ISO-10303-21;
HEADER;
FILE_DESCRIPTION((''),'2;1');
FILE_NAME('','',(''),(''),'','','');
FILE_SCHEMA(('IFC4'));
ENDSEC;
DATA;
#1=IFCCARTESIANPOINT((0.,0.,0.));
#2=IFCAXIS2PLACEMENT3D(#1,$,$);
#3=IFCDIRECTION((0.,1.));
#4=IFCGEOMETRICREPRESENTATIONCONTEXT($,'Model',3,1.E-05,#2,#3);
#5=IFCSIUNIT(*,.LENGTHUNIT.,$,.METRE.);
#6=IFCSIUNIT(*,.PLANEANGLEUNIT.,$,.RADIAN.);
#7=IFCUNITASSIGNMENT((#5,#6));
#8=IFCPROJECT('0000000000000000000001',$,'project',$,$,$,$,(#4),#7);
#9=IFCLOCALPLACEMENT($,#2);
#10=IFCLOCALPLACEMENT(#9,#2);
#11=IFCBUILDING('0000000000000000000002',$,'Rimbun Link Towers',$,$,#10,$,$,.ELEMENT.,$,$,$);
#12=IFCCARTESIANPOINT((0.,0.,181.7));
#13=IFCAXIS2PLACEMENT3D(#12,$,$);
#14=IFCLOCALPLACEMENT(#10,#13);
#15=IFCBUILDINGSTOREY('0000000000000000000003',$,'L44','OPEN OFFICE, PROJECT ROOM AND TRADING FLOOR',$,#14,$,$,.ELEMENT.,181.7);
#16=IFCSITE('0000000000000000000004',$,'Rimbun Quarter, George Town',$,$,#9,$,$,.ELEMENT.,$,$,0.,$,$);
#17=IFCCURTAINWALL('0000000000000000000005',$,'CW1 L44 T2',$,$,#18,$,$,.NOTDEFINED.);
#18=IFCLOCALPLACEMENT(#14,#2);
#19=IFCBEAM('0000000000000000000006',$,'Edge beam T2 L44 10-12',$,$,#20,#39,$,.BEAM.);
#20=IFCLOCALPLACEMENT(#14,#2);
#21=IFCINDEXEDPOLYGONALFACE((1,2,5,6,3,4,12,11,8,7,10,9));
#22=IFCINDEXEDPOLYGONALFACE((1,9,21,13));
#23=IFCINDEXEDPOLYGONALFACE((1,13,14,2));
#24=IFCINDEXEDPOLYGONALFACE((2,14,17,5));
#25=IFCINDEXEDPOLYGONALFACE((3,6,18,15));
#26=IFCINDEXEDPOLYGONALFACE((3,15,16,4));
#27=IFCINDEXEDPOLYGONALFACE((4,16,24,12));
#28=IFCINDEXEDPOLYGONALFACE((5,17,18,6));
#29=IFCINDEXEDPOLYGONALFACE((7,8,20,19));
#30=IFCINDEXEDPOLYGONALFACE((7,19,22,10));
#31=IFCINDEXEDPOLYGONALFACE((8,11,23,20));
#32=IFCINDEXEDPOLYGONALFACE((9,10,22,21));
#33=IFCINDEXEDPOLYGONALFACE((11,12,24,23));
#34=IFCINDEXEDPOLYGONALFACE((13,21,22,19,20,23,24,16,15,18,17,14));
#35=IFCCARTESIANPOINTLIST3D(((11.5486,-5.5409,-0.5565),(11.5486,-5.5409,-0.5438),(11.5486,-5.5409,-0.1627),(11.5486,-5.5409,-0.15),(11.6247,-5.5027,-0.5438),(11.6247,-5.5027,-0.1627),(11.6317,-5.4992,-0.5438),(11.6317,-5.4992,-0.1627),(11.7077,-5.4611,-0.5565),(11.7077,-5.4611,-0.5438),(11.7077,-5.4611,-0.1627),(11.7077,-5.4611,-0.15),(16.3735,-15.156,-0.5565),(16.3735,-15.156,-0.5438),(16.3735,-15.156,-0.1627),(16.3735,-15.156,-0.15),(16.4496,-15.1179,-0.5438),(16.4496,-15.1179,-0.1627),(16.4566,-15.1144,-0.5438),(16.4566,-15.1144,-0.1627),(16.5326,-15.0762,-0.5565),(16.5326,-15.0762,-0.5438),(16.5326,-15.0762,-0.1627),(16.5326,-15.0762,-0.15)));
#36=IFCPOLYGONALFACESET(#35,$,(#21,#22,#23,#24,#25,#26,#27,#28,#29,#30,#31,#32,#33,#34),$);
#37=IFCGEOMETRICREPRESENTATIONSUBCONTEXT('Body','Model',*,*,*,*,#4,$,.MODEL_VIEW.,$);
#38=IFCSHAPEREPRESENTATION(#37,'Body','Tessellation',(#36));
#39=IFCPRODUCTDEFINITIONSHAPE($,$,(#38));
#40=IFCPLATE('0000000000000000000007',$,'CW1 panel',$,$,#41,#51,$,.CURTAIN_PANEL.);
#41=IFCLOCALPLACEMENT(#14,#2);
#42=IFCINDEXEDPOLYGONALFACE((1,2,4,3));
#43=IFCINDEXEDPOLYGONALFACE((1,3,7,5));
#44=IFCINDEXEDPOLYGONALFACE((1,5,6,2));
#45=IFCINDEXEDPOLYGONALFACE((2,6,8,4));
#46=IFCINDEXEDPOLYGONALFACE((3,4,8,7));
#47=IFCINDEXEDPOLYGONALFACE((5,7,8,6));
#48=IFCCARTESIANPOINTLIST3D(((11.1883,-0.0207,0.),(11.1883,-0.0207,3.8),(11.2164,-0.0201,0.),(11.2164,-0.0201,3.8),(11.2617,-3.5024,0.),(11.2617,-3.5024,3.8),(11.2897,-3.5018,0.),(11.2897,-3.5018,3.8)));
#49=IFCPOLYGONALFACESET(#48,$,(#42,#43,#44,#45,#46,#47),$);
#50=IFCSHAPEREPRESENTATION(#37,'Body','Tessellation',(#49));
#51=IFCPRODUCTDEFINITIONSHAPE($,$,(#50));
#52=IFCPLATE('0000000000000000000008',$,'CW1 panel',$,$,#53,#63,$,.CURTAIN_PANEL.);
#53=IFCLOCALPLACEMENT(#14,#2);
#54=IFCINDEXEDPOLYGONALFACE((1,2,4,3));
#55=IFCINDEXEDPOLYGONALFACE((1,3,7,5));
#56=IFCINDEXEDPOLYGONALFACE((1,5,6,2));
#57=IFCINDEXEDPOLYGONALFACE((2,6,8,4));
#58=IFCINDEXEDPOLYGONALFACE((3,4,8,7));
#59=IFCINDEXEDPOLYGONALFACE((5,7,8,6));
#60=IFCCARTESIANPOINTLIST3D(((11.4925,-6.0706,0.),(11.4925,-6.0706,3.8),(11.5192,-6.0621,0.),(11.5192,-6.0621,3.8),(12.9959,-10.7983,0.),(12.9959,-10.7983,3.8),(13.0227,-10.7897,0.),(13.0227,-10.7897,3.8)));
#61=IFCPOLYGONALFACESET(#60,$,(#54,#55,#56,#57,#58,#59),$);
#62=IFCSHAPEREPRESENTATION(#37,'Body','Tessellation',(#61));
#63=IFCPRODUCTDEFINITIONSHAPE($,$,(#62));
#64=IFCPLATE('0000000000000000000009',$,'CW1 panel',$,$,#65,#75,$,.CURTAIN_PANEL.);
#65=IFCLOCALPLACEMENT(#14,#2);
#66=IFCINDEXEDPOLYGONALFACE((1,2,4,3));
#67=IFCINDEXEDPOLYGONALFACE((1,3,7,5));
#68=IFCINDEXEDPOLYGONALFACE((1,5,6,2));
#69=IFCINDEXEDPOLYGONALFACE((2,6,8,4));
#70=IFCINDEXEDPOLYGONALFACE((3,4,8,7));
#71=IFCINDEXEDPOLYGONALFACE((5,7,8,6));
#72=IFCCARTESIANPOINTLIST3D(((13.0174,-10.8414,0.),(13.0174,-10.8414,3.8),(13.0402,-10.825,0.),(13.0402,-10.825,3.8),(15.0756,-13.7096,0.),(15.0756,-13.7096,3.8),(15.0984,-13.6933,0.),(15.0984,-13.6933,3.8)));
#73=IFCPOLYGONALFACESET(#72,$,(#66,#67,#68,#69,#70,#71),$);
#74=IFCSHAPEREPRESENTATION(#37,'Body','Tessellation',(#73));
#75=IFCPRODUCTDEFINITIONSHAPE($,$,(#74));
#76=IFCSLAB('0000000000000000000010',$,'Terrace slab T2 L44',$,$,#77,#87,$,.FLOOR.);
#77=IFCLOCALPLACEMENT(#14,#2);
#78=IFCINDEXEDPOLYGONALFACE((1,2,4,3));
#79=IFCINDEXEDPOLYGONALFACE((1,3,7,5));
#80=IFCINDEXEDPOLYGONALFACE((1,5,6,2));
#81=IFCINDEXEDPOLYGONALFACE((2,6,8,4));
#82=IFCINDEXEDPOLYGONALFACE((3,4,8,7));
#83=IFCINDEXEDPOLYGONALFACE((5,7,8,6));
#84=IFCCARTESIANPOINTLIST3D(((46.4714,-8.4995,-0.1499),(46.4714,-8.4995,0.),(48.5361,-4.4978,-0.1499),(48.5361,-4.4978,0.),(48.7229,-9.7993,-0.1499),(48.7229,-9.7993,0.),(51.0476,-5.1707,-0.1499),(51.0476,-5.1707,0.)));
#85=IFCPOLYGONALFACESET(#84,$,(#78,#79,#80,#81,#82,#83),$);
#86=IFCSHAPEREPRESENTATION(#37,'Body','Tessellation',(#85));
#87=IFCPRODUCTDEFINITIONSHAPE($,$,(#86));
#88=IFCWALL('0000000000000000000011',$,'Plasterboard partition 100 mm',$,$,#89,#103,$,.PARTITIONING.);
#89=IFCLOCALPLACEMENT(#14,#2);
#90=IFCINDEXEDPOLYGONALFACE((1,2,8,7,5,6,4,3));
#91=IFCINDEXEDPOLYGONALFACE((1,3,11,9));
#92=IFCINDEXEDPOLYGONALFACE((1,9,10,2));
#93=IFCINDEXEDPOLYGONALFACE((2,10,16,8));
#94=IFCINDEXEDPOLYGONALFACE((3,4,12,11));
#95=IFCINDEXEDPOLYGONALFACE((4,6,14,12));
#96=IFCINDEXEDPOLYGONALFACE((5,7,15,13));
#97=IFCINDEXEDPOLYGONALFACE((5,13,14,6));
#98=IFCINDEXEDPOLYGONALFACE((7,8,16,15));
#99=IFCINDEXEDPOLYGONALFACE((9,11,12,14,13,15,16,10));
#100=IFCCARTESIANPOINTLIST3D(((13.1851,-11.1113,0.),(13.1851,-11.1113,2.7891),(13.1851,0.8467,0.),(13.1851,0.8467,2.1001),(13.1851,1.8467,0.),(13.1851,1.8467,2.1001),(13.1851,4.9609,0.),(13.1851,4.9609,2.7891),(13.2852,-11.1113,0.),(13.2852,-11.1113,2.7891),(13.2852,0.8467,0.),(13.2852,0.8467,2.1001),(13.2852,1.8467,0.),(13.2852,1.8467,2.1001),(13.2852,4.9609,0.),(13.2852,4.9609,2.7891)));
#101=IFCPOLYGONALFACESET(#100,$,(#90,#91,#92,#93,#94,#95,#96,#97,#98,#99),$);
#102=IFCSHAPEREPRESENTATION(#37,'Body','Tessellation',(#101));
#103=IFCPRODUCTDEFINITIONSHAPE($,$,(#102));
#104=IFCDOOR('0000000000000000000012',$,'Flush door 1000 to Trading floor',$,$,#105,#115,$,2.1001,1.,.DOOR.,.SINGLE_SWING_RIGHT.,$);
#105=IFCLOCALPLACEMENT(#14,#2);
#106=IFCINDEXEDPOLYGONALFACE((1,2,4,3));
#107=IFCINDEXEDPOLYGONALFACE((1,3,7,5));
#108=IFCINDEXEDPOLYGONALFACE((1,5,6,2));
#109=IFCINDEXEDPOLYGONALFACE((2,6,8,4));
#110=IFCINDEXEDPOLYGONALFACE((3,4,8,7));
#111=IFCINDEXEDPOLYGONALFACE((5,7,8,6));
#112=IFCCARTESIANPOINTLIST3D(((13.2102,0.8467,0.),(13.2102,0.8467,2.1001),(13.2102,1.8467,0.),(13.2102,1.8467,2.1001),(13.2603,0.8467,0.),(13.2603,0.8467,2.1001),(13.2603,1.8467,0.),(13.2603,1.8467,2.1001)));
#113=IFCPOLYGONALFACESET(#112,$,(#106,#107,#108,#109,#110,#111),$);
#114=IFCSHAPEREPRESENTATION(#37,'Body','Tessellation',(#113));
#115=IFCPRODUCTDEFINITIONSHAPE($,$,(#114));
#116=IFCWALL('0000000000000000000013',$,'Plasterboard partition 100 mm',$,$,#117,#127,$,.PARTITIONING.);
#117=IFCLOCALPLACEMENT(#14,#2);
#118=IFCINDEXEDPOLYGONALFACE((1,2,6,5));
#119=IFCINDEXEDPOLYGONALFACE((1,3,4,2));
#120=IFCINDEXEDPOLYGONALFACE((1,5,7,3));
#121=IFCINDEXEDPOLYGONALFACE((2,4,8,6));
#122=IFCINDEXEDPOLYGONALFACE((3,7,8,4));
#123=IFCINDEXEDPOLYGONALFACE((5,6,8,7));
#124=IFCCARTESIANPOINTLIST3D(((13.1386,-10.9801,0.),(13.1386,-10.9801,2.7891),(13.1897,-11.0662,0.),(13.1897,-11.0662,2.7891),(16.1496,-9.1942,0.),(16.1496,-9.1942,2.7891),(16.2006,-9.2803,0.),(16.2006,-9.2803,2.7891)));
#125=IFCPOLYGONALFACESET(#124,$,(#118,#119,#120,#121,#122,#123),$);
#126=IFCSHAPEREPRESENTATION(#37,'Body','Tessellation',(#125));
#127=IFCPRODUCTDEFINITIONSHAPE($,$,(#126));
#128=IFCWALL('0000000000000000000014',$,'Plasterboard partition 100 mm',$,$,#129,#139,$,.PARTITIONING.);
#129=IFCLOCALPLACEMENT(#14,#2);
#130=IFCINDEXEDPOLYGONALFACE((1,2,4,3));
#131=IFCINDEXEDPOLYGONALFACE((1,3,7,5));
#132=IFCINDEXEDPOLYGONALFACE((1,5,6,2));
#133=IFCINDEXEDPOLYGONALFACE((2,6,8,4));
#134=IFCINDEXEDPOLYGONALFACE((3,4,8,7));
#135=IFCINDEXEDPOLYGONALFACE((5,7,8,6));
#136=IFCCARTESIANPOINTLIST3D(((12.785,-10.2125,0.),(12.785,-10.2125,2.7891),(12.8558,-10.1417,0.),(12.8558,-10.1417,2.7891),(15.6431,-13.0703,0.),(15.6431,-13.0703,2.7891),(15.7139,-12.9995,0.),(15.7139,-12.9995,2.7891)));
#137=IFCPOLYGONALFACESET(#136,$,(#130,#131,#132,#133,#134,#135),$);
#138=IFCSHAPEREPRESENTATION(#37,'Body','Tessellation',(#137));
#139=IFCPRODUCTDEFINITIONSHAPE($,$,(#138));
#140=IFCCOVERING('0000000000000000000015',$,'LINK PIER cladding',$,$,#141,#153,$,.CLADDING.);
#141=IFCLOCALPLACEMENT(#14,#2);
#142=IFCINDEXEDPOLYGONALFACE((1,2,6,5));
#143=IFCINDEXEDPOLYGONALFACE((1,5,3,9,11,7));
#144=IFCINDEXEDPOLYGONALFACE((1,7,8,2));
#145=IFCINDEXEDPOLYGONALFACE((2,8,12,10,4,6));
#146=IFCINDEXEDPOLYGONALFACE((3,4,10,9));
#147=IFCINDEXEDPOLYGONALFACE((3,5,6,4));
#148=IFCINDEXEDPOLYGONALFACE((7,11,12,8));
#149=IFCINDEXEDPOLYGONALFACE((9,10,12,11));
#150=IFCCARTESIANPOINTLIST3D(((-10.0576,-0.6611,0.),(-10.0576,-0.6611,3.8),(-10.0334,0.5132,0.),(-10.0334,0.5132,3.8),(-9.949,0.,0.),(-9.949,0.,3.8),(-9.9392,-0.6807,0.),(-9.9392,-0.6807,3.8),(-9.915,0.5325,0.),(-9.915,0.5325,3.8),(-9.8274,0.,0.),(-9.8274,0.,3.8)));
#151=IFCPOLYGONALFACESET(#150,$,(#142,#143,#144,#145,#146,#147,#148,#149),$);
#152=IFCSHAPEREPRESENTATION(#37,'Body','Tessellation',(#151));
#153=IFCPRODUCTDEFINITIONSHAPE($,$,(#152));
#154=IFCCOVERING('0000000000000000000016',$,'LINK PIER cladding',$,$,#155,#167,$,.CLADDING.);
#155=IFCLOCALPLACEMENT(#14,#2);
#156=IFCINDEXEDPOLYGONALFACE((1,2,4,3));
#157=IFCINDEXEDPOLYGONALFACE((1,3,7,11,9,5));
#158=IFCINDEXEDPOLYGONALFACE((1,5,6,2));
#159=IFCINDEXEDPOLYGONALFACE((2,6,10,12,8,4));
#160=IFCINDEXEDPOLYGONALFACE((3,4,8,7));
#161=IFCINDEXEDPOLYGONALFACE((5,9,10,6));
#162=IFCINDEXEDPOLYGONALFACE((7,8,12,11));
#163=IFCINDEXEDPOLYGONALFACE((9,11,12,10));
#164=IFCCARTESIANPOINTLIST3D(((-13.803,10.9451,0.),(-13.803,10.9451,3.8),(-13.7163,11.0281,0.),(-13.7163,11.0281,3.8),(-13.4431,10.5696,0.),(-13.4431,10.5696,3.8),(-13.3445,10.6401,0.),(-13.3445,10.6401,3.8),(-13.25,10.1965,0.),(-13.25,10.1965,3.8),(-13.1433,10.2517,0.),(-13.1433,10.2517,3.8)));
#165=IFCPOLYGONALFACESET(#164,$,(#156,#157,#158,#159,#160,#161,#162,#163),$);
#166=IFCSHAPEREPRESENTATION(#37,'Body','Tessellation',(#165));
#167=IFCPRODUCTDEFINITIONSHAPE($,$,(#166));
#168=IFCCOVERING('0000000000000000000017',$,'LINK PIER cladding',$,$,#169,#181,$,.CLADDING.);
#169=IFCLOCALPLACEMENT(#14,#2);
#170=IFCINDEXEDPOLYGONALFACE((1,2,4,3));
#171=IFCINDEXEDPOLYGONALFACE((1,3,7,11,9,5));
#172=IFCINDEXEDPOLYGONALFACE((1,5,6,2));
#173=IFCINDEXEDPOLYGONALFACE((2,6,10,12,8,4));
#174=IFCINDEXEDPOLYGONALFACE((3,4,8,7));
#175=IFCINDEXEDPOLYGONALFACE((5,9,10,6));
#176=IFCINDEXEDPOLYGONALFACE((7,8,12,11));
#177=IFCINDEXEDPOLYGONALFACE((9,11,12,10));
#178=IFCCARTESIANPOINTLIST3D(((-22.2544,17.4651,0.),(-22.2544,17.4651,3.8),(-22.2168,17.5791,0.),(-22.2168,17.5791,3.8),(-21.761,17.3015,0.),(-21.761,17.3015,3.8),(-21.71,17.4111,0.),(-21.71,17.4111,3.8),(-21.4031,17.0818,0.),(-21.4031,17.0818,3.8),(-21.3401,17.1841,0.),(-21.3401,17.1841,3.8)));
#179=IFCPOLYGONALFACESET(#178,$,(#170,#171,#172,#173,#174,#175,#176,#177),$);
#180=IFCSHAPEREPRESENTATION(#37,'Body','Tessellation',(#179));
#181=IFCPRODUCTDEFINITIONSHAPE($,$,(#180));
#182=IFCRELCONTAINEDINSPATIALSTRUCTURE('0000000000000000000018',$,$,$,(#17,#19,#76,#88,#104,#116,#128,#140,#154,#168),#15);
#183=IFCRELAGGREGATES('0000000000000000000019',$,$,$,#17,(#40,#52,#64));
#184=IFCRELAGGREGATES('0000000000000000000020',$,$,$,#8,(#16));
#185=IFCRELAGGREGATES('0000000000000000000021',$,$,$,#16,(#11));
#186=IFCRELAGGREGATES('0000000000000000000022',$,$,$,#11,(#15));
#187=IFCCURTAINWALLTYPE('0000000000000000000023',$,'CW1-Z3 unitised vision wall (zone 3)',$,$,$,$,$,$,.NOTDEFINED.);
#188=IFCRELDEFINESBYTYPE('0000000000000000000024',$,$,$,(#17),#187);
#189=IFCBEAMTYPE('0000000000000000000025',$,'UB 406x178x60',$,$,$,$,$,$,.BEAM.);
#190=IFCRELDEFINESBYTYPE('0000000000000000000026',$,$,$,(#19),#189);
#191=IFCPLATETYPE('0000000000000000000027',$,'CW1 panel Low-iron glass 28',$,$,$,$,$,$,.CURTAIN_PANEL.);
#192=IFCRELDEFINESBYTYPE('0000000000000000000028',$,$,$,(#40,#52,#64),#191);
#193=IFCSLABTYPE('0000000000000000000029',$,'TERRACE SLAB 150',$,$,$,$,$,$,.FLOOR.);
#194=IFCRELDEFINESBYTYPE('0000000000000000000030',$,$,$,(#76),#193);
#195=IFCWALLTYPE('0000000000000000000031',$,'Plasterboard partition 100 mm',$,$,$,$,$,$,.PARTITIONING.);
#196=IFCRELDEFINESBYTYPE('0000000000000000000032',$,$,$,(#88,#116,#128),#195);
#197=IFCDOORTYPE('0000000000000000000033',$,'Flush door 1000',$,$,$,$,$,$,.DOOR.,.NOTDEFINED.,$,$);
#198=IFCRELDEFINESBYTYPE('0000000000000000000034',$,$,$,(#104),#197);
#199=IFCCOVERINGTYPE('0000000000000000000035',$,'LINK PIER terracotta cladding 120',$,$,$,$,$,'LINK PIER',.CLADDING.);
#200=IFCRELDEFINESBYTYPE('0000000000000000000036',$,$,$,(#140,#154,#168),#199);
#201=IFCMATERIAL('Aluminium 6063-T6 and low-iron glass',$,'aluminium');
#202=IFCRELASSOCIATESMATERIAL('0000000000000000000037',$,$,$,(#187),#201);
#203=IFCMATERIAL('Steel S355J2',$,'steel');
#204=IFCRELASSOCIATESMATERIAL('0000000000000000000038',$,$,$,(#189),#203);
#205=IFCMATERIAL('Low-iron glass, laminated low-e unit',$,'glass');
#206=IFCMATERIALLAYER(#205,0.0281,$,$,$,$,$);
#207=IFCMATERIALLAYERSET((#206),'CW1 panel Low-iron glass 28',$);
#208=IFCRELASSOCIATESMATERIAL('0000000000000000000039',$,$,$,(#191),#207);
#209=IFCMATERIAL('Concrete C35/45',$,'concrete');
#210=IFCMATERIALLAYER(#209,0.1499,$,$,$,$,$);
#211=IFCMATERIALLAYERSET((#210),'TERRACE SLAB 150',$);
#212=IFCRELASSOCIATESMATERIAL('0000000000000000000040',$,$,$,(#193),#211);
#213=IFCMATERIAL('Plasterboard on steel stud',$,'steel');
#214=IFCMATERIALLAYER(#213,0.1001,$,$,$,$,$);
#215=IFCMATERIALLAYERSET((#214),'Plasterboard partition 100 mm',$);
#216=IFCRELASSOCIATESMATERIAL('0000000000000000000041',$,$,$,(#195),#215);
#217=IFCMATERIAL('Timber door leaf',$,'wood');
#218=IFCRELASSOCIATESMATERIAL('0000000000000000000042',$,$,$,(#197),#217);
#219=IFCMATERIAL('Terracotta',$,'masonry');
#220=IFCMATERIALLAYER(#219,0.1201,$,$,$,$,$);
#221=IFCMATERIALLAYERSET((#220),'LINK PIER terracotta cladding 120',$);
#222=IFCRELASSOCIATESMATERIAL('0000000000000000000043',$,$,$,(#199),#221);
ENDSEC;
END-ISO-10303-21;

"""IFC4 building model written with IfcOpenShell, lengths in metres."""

from ifc_helpers import new_model, si_unit, direction, frame, frame_2d, origin, origin_2d, place, context, subcontext, project, spatial, polyline, rectangle, i_section, outline, extrude, material, layer, layer_set, material_profile, profile_set, type_object, element, fill, aggregate, save


model = new_model("IFC4")

# Units and contexts
model_context = context("Model", 3, precision=1e-05, world=origin(), true_north=direction((0.0, 1.0)))
body_context = subcontext(model_context, "Body", "Model", "MODEL_VIEW")
ifc_project = project(units=[si_unit("LENGTHUNIT", "METRE"), si_unit("PLANEANGLEUNIT", "RADIAN")], contexts=[model_context])

# Site, building, storey
site_placement = place(None, origin())
site = spatial("IfcSite", under=ifc_project, at=site_placement, Name="Rimbun Quarter, George Town", CompositionType="ELEMENT", RefElevation=0.0)
building_placement = place(site_placement, origin())
building = spatial("IfcBuilding", under=site, at=building_placement, Name="Rimbun Link Towers", CompositionType="ELEMENT")
storey_placement = place(building_placement, frame((0.0, 0.0, 181.7)))
storey = spatial("IfcBuildingStorey", under=building, at=storey_placement, Name="L44", Description="OPEN OFFICE, PROJECT ROOM AND TRADING FLOOR", CompositionType="ELEMENT", Elevation=181.7)

# Curtain wall
ifc_material_1 = material(Name="Aluminium 6063-T6 and low-iron glass", Category="aluminium")
curtain_wall_type = type_object("IfcCurtainWallType", Name="CW1-Z3 unitised vision wall (zone 3)", PredefinedType="NOTDEFINED", material=ifc_material_1)
curtain_wall_placement = place(storey_placement, origin())
curtain_wall = element("IfcCurtainWall", 1, at=curtain_wall_placement, inside=storey, type_object=curtain_wall_type, Name="CW1 L44 T2", PredefinedType="NOTDEFINED")

# Beam
ifc_material_2 = material(Name="Steel S355J2", Category="steel")
ifc_material_profile_1 = material_profile(ifc_material_2, i_section(OverallWidth=0.178, OverallDepth=0.4065, WebThickness=0.0078, FlangeThickness=0.0127, at=origin_2d()), Name="UB 406x178x60")
ifc_profile_set_1 = profile_set([ifc_material_profile_1], Name="Steel S355J2")
beam_type_1 = type_object("IfcBeamType", Name="UB 406x178x60", PredefinedType="BEAM", material=ifc_profile_set_1)
beam_1_placement = place(storey_placement, frame((11.6282, -5.501, -0.3533), z_axis=(0.448502, -0.893782, 0.0), x_axis=(0.893782, 0.448502, 0.0)))
element("IfcBeam", 2, at=beam_1_placement, inside=storey, type_object=beam_type_1, Name="Edge beam T2 L44 10-12", PredefinedType="BEAM", context=body_context, shape_type="SweptSolid", body=[
    extrude(i_section(OverallWidth=0.178, OverallDepth=0.4065, WebThickness=0.0078, FlangeThickness=0.0127, at=origin_2d()), origin(), (0.0, 0.0, 1.0), 10.7578),
])

# Plates
ifc_material_3 = material(Name="Low-iron glass, laminated low-e unit", Category="glass")
ifc_layer_1 = layer(ifc_material_3, 0.0281)
ifc_layer_set_1 = layer_set([ifc_layer_1], Name="CW1 panel Low-iron glass 28")
plate_type = type_object("IfcPlateType", Name="CW1 panel Low-iron glass 28", PredefinedType="CURTAIN_PANEL", material=ifc_layer_set_1)
plate_1_placement = place(storey_placement, frame((11.239, -1.7612, 0.0), z_axis=(0.0, 0.0, 1.0), x_axis=(-0.021069, 0.999778, 0.0)))
plate_1 = element("IfcPlate", 3, at=plate_1_placement, type_object=plate_type, Name="CW1 panel", PredefinedType="CURTAIN_PANEL", context=body_context, shape_type="SweptSolid", body=[
    extrude(rectangle(XDim=3.4824, YDim=0.0281, at=origin_2d()), origin(), (0.0, 0.0, 1.0), 3.8),
])
plate_2_placement = place(storey_placement, frame((12.2576, -8.4302, 0.0), z_axis=(0.0, 0.0, 1.0), x_axis=(-0.303053, 0.952974, 0.0)))
plate_2 = element("IfcPlate", 4, at=plate_2_placement, type_object=plate_type, Name="CW1 panel", PredefinedType="CURTAIN_PANEL", context=body_context, shape_type="SweptSolid", body=[
    extrude(rectangle(XDim=4.9609, YDim=0.0281, at=origin_2d()), origin(), (0.0, 0.0, 1.0), 3.8),
])
plate_3_placement = place(storey_placement, frame((14.0579, -12.2673, 0.0), z_axis=(0.0, 0.0, 1.0), x_axis=(-0.583015, 0.812461, 0.0)))
plate_3 = element("IfcPlate", 5, at=plate_3_placement, type_object=plate_type, Name="CW1 panel", PredefinedType="CURTAIN_PANEL", context=body_context, shape_type="SweptSolid", body=[
    extrude(rectangle(XDim=3.5303, YDim=0.0281, at=origin_2d()), origin(), (0.0, 0.0, 1.0), 3.8),
])
aggregate(curtain_wall, [plate_1, plate_2, plate_3])

# Slab
ifc_material_4 = material(Name="Concrete C35/45", Category="concrete")
ifc_layer_2 = layer(ifc_material_4, 0.1499)
ifc_layer_set_2 = layer_set([ifc_layer_2], Name="TERRACE SLAB 150")
slab_type = type_object("IfcSlabType", Name="TERRACE SLAB 150", PredefinedType="FLOOR", material=ifc_layer_set_2)
slab_placement = place(storey_placement, frame((0.0, 0.0, -0.1499)))
element("IfcSlab", 6, at=slab_placement, inside=storey, type_object=slab_type, Name="Terrace slab T2 L44", PredefinedType="FLOOR", context=body_context, shape_type="SweptSolid", body=[
    extrude(outline(polyline([(46.4714, -8.4995), (48.5361, -4.4978), (51.0476, -5.1707), (48.7229, -9.7993), (46.4714, -8.4995)])), origin(), (0.0, 0.0, 1.0), 0.1499),
])

# Wall, opening, door
ifc_material_5 = material(Name="Plasterboard on steel stud", Category="steel")
ifc_layer_3 = layer(ifc_material_5, 0.1001)
ifc_layer_set_3 = layer_set([ifc_layer_3], Name="Plasterboard partition 100 mm")
wall_type = type_object("IfcWallType", Name="Plasterboard partition 100 mm", PredefinedType="PARTITIONING", material=ifc_layer_set_3)
wall_1_placement = place(storey_placement, frame((13.2351, -11.1113, 0.0), z_axis=(0.0, 0.0, 1.0), x_axis=(0.0, 1.0, 0.0)))
wall_1 = element("IfcWall", 7, at=wall_1_placement, inside=storey, type_object=wall_type, Name="Plasterboard partition 100 mm", PredefinedType="PARTITIONING", context=body_context, shape_type="SweptSolid", body=[
    extrude(rectangle(XDim=16.0723, YDim=0.1001, at=frame_2d((8.0361, 0.0))), origin(), (0.0, 0.0, 1.0), 2.7891),
])
opening_placement = place(wall_1_placement, frame((11.958, 0.0, 0.0)))
opening = element("IfcOpeningElement", 8, at=opening_placement, cuts=wall_1, PredefinedType="OPENING", context=body_context, shape_type="SweptSolid", body=[
    extrude(rectangle(XDim=1.0, YDim=2.1001, at=frame_2d((0.5, 1.05))), frame((0.0, 0.0601, 0.0), z_axis=(0.0, -1.0, 0.0), x_axis=(1.0, 0.0, 0.0)), (0.0, 0.0, 1.0), 0.1201),
])
ifc_material_6 = material(Name="Timber door leaf", Category="wood")
door_type = type_object("IfcDoorType", Name="Flush door 1000", OperationType="NOTDEFINED", PredefinedType="DOOR", material=ifc_material_6)
door_placement = place(opening_placement, origin())
door = element("IfcDoor", 9, at=door_placement, inside=storey, type_object=door_type, Name="Flush door 1000 to Trading floor", OperationType="SINGLE_SWING_RIGHT", OverallHeight=2.1001, OverallWidth=1.0, PredefinedType="DOOR", context=body_context, shape_type="SweptSolid", body=[
    extrude(rectangle(XDim=1.0, YDim=2.1001, at=frame_2d((0.5, 1.05))), frame((0.0, 0.0249, 0.0), z_axis=(0.0, -1.0, 0.0), x_axis=(1.0, 0.0, 0.0)), (0.0, 0.0, 1.0), 0.05),
])
fill(opening, door)

# Walls
wall_2_placement = place(storey_placement, frame((13.1641, -11.0232, 0.0), z_axis=(0.0, 0.0, 1.0), x_axis=(0.860091, 0.510141, 0.0)))
element("IfcWall", 10, at=wall_2_placement, inside=storey, type_object=wall_type, Name="Plasterboard partition 100 mm", PredefinedType="PARTITIONING", context=body_context, shape_type="SweptSolid", body=[
    extrude(rectangle(XDim=3.5007, YDim=0.1001, at=frame_2d((1.7505, 0.0))), origin(), (0.0, 0.0, 1.0), 2.7891),
])
wall_3_placement = place(storey_placement, frame((12.8203, -10.177, 0.0), z_axis=(0.0, 0.0, 1.0), x_axis=(0.707137, -0.707077, 0.0)))
element("IfcWall", 11, at=wall_3_placement, inside=storey, type_object=wall_type, Name="Plasterboard partition 100 mm", PredefinedType="PARTITIONING", context=body_context, shape_type="SweptSolid", body=[
    extrude(rectangle(XDim=4.0417, YDim=0.1001, at=frame_2d((2.021, 0.0))), origin(), (0.0, 0.0, 1.0), 2.7891),
])

# Coverings
ifc_material_7 = material(Name="Terracotta", Category="masonry")
ifc_layer_4 = layer(ifc_material_7, 0.1201)
ifc_layer_set_4 = layer_set([ifc_layer_4], Name="LINK PIER terracotta cladding 120")
covering_type_1 = type_object("IfcCoveringType", Name="LINK PIER terracotta cladding 120", ElementType="LINK PIER", PredefinedType="CLADDING", material=ifc_layer_set_4)
covering_1_placement = place(storey_placement, origin())
element("IfcCovering", 12, at=covering_1_placement, inside=storey, type_object=covering_type_1, Name="LINK PIER cladding", PredefinedType="CLADDING", context=body_context, shape_type="SweptSolid", body=[
    extrude(outline(polyline([(-10.0334, 0.5132), (-9.949, 0.0), (-10.0576, -0.6611), (-9.9392, -0.6807), (-9.8274, 0.0), (-9.915, 0.5325), (-10.0334, 0.5132)])), origin(), (0.0, 0.0, 1.0), 3.8),
])
covering_2_placement = place(storey_placement, origin())
element("IfcCovering", 13, at=covering_2_placement, inside=storey, type_object=covering_type_1, Name="LINK PIER cladding", PredefinedType="CLADDING", context=body_context, shape_type="SweptSolid", body=[
    extrude(outline(polyline([(-13.803, 10.9451), (-13.4431, 10.5696), (-13.25, 10.1965), (-13.1433, 10.2517), (-13.3445, 10.6401), (-13.7163, 11.0281), (-13.803, 10.9451)])), origin(), (0.0, 0.0, 1.0), 3.8),
])
covering_3_placement = place(storey_placement, origin())
element("IfcCovering", 14, at=covering_3_placement, inside=storey, type_object=covering_type_1, Name="LINK PIER cladding", PredefinedType="CLADDING", context=body_context, shape_type="SweptSolid", body=[
    extrude(outline(polyline([(-22.2544, 17.4651), (-21.761, 17.3015), (-21.4031, 17.0818), (-21.3401, 17.1841), (-21.71, 17.4111), (-22.2168, 17.5791), (-22.2544, 17.4651)])), origin(), (0.0, 0.0, 1.0), 3.8),
])

save(model, "model.ifc")
